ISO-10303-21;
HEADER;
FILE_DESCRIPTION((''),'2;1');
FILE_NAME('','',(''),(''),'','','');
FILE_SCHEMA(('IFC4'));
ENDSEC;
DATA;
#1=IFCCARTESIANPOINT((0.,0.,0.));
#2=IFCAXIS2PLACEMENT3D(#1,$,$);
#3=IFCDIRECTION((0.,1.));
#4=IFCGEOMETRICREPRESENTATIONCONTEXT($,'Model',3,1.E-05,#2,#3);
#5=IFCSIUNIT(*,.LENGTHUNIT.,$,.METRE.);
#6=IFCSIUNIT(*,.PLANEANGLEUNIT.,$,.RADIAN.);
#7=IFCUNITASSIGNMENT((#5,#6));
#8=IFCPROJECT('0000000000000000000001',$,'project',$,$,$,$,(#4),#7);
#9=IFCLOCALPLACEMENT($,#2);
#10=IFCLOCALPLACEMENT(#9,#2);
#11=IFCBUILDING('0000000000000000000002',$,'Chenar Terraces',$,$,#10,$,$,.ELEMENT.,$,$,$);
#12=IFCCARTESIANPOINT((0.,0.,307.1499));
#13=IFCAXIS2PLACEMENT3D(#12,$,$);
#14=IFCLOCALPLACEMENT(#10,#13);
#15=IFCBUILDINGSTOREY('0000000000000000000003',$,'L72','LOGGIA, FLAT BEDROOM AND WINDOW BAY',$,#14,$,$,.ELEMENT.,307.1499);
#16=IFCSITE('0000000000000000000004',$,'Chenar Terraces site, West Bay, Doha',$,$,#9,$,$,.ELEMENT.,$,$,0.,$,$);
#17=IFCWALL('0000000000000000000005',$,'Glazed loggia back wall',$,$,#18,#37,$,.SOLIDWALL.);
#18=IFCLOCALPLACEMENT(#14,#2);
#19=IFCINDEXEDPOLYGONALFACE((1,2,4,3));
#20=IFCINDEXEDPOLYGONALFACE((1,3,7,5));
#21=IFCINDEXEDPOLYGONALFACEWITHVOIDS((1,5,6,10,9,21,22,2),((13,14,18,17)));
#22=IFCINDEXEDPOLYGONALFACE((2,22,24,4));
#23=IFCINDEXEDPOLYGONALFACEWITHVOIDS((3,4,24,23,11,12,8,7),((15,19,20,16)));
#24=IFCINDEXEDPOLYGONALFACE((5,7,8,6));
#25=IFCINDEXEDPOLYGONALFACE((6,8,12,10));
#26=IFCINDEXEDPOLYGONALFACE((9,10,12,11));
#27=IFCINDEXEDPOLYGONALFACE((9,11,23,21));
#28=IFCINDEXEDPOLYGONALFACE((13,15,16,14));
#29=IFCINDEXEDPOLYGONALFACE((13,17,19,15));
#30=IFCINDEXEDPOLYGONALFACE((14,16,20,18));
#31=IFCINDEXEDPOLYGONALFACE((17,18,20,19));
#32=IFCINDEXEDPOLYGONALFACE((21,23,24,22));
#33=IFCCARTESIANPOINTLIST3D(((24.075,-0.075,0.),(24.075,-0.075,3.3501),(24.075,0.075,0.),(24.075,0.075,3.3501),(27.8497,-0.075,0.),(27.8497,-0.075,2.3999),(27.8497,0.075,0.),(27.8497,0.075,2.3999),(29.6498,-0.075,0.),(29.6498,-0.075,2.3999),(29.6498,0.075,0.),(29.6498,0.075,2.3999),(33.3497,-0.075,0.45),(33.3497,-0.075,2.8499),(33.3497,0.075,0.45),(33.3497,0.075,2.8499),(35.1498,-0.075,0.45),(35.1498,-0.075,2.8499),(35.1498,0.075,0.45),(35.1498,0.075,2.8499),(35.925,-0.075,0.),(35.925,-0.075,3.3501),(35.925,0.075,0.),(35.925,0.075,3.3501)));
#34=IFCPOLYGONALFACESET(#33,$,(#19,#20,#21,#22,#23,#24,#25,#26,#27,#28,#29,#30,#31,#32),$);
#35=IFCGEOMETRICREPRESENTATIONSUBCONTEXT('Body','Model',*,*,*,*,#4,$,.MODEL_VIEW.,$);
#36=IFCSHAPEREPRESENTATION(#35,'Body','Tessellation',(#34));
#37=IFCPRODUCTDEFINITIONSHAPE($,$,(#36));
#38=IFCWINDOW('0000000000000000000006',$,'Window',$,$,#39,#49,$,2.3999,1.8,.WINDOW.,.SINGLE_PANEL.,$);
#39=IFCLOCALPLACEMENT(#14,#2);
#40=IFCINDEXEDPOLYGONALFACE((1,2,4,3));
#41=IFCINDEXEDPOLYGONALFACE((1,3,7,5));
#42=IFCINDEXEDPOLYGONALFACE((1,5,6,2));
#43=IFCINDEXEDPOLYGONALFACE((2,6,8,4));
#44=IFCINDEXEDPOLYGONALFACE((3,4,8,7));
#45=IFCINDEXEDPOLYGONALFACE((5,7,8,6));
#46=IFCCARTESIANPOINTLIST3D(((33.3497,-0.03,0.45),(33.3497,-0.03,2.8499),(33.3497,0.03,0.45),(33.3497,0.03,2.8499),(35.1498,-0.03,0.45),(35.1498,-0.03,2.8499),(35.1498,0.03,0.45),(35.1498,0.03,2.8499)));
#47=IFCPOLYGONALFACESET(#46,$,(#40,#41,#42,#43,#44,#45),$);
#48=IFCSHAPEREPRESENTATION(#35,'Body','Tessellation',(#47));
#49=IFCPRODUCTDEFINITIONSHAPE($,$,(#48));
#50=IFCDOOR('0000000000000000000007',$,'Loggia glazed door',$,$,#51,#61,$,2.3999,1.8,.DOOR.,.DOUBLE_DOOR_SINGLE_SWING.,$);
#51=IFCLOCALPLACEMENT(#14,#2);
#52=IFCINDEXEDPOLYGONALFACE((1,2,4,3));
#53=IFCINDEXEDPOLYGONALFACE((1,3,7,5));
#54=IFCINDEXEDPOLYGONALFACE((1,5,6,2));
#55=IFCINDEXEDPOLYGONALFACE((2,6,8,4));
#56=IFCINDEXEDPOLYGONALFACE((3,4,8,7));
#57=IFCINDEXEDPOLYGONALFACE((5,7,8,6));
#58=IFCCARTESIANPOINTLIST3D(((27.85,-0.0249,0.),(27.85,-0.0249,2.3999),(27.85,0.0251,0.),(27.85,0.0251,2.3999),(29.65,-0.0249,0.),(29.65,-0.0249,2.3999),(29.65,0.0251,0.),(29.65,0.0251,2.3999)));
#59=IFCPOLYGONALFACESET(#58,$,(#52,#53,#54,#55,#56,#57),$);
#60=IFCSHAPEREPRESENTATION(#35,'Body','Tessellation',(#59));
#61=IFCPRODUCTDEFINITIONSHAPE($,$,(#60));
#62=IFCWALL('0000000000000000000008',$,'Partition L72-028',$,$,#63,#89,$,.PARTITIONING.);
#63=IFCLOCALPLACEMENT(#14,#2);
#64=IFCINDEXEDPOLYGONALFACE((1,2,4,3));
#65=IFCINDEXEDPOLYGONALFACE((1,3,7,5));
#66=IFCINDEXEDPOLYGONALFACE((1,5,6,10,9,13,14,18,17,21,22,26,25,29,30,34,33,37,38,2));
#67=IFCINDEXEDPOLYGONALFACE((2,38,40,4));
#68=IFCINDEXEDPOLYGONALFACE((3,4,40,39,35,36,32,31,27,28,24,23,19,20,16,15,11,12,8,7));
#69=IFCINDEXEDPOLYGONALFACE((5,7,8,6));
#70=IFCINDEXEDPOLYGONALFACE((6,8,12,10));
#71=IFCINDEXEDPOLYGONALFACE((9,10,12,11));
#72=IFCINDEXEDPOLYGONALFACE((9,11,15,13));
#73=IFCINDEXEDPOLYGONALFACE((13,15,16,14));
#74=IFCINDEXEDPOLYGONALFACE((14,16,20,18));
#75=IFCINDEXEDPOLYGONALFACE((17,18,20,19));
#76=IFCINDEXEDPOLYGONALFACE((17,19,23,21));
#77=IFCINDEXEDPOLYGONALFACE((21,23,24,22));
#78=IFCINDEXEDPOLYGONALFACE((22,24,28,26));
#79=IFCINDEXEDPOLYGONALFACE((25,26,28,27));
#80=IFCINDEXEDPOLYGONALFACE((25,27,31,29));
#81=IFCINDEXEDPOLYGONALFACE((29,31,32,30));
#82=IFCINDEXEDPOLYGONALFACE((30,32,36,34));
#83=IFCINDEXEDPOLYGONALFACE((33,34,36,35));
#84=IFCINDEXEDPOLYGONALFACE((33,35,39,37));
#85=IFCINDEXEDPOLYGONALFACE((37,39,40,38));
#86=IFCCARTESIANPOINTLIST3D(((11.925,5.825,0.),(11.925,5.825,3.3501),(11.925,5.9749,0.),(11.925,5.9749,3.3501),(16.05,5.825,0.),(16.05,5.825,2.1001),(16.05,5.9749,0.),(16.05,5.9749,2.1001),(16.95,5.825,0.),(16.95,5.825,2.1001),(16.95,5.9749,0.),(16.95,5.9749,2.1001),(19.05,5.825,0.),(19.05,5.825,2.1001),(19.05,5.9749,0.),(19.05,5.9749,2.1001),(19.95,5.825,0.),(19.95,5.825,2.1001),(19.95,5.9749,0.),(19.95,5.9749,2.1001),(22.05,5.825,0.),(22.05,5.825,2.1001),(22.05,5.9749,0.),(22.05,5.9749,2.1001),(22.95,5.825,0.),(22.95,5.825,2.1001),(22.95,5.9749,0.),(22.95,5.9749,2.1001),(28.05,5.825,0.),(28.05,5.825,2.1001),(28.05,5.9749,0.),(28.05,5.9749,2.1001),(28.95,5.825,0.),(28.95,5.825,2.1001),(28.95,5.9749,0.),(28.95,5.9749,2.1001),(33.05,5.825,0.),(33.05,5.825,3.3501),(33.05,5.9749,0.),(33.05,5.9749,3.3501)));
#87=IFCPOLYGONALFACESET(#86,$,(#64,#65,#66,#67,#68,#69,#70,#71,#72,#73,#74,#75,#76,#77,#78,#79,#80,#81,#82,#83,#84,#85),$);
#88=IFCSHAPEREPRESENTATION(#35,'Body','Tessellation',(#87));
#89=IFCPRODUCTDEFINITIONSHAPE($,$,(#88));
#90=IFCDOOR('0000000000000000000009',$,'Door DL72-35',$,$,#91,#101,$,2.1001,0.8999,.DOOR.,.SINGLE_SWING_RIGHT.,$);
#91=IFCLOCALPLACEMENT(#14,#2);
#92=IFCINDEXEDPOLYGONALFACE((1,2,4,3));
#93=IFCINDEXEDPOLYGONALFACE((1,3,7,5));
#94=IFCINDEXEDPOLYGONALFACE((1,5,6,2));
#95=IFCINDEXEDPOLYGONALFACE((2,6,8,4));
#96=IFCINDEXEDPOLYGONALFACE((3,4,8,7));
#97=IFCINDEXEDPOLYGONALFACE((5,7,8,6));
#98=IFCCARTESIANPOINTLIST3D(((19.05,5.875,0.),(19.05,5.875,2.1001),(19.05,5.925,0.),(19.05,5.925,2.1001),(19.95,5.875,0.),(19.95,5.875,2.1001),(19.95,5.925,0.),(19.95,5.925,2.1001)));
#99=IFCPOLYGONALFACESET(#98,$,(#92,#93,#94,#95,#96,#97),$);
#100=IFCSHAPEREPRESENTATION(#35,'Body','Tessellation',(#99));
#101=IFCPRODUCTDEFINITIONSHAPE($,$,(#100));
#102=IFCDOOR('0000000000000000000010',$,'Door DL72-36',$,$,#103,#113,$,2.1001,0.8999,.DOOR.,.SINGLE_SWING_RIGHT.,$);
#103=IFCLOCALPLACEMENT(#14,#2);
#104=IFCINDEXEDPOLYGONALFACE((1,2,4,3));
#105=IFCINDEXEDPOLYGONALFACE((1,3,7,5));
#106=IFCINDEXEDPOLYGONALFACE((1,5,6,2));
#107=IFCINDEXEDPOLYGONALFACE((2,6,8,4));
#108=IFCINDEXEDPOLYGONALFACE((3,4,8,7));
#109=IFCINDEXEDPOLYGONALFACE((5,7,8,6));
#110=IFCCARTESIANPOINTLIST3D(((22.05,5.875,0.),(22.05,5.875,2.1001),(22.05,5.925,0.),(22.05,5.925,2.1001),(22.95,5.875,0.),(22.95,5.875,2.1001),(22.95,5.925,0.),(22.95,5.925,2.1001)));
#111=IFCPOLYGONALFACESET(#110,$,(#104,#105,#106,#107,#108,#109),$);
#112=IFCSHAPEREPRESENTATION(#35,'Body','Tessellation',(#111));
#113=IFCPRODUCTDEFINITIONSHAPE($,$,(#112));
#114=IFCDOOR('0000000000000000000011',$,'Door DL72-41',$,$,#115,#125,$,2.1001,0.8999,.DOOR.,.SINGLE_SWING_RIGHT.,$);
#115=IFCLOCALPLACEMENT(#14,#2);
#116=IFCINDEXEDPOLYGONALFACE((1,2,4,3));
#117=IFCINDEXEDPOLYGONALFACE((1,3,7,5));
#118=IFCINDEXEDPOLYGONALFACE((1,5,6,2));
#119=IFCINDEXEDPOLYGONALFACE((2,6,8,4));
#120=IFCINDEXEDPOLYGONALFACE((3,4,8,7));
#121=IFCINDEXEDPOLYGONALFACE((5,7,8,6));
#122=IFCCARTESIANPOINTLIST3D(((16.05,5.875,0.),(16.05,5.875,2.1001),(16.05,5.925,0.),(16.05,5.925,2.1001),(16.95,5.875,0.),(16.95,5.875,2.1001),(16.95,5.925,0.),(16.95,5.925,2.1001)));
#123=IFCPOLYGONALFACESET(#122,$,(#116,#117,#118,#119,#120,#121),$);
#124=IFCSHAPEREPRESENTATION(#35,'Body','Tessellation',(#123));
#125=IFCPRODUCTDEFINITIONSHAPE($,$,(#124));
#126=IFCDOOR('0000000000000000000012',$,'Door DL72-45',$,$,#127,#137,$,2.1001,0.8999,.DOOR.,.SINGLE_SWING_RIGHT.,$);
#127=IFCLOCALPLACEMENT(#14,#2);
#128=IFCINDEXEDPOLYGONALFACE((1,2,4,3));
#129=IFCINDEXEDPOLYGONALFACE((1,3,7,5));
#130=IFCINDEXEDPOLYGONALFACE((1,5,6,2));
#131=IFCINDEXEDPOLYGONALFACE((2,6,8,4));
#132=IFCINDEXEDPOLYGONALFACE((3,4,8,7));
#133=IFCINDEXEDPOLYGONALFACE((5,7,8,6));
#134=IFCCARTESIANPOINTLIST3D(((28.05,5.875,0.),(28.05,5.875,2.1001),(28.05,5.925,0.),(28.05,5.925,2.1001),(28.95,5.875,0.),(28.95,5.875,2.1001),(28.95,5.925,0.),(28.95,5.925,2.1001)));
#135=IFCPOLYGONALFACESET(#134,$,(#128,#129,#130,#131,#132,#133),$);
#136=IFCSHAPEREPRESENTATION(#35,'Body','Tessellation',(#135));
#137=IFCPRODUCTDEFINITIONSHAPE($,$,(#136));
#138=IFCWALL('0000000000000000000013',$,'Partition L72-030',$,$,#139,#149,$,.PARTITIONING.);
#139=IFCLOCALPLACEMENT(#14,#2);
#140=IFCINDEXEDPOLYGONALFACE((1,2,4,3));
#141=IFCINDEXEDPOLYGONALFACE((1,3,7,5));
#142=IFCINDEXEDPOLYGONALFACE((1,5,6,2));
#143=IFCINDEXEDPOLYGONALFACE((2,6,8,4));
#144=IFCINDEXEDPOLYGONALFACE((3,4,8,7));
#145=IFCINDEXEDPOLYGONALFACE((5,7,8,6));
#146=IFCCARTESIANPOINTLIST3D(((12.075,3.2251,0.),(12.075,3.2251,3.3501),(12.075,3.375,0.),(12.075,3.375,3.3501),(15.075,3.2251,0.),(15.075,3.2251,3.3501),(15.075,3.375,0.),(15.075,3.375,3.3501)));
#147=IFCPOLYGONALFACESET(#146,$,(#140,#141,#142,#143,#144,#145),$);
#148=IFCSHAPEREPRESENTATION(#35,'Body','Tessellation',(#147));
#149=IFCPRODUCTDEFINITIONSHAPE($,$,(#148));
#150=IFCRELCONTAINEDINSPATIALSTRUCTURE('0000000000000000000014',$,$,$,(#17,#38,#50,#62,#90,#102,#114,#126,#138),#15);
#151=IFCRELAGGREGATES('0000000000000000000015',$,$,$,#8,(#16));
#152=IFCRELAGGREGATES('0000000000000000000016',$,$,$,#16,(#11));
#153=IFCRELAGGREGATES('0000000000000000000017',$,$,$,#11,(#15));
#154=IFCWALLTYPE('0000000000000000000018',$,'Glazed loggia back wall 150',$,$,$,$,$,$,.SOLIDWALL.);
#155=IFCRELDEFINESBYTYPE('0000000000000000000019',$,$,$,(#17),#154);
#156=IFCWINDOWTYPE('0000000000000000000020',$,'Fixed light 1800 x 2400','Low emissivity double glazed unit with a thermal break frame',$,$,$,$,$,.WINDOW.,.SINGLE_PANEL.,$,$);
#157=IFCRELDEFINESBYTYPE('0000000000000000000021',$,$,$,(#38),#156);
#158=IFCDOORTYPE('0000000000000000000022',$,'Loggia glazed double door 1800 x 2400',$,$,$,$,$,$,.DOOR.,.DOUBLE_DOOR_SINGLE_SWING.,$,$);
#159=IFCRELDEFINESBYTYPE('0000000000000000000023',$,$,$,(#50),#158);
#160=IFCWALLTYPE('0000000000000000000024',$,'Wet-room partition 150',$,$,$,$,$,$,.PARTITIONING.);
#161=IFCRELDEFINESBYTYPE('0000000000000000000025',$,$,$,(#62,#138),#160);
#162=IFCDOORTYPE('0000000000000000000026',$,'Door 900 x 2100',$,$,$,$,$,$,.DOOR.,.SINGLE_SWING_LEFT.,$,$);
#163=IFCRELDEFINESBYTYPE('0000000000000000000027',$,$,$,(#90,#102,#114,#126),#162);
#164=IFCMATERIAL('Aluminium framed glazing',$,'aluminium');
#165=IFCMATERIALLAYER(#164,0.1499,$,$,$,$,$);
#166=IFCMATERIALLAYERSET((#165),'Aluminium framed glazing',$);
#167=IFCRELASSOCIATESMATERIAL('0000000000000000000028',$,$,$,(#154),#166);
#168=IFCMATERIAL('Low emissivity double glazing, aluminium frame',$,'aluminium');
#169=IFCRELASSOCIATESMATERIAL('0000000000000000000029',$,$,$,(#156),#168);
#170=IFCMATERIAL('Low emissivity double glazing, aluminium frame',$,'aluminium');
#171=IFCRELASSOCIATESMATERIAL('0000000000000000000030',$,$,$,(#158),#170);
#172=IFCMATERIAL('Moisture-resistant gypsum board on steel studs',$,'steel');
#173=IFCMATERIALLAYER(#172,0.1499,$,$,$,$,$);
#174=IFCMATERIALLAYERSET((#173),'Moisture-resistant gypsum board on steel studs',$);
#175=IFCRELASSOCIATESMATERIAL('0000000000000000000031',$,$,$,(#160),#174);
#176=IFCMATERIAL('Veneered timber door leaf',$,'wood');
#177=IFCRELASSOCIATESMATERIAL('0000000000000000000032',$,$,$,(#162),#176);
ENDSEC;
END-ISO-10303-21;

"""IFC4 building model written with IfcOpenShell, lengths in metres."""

from ifc_helpers import new_model, si_unit, direction, frame, frame_2d, origin, place, context, subcontext, project, spatial, rectangle, extrude, material, layer, layer_set, type_object, element, fill, save


model = new_model("IFC4")

# Units and contexts
model_context = context("Model", 3, precision=1e-05, world=origin(), true_north=direction((0.0, 1.0)))
body_context = subcontext(model_context, "Body", "Model", "MODEL_VIEW")
ifc_project = project(units=[si_unit("LENGTHUNIT", "METRE"), si_unit("PLANEANGLEUNIT", "RADIAN")], contexts=[model_context])

# Site, building, storey
site_placement = place(None, origin())
site = spatial("IfcSite", under=ifc_project, at=site_placement, Name="Chenar Terraces site, West Bay, Doha", CompositionType="ELEMENT", RefElevation=0.0)
building_placement = place(site_placement, origin())
building = spatial("IfcBuilding", under=site, at=building_placement, Name="Chenar Terraces", CompositionType="ELEMENT")
storey_placement = place(building_placement, frame((0.0, 0.0, 307.1499)))
storey = spatial("IfcBuildingStorey", under=building, at=storey_placement, Name="L72", Description="LOGGIA, FLAT BEDROOM AND WINDOW BAY", CompositionType="ELEMENT", Elevation=307.1499)

# Wall, openings, window, door
ifc_material_1 = material(Name="Aluminium framed glazing", Category="aluminium")
ifc_layer_1 = layer(ifc_material_1, 0.1499)
ifc_layer_set_1 = layer_set([ifc_layer_1], Name="Aluminium framed glazing")
wall_type_1 = type_object("IfcWallType", Name="Glazed loggia back wall 150", PredefinedType="SOLIDWALL", material=ifc_layer_set_1)
wall_1_placement = place(storey_placement, frame((24.075, 0.0, 0.0), z_axis=(0.0, 0.0, 1.0), x_axis=(1.0, 0.0, 0.0)))
wall_1 = element("IfcWall", 1, at=wall_1_placement, inside=storey, type_object=wall_type_1, Name="Glazed loggia back wall", PredefinedType="SOLIDWALL", context=body_context, shape_type="SweptSolid", body=[
    extrude(rectangle(XDim=11.8501, YDim=0.1499, at=frame_2d((5.925, 0.0))), origin(), (0.0, 0.0, 1.0), 3.3501),
])
opening_1_placement = place(wall_1_placement, frame((3.7749, 0.0, 0.0)))
opening_1 = element("IfcOpeningElement", 2, at=opening_1_placement, cuts=wall_1, PredefinedType="OPENING", context=body_context, shape_type="SweptSolid", body=[
    extrude(rectangle(XDim=1.8, YDim=2.3999, at=frame_2d((0.8999, 1.2))), frame((0.0, 0.085, 0.0), z_axis=(0.0, -1.0, 0.0), x_axis=(1.0, 0.0, 0.0)), (0.0, 0.0, 1.0), 0.1699),
])
opening_2_placement = place(wall_1_placement, frame((9.2749, 0.0, 0.45)))
opening_2 = element("IfcOpeningElement", 3, at=opening_2_placement, cuts=wall_1, PredefinedType="OPENING", context=body_context, shape_type="SweptSolid", body=[
    extrude(rectangle(XDim=1.8, YDim=2.3999, at=frame_2d((0.8999, 1.2))), frame((0.0, 0.085, 0.0), z_axis=(0.0, -1.0, 0.0), x_axis=(1.0, 0.0, 0.0)), (0.0, 0.0, 1.0), 0.1699),
])
ifc_material_2 = material(Name="Low emissivity double glazing, aluminium frame", Category="aluminium")
window_type = type_object("IfcWindowType", Name="Fixed light 1800 x 2400", Description="Low emissivity double glazed unit with a thermal break frame", PartitioningType="SINGLE_PANEL", PredefinedType="WINDOW", material=ifc_material_2)
window_placement = place(opening_2_placement, origin())
window = element("IfcWindow", 4, at=window_placement, inside=storey, type_object=window_type, Name="Window", OverallHeight=2.3999, OverallWidth=1.8, PartitioningType="SINGLE_PANEL", PredefinedType="WINDOW", context=body_context, shape_type="SweptSolid", body=[
    extrude(rectangle(XDim=1.8, YDim=2.3999, at=frame_2d((0.8999, 1.2))), frame((0.0, 0.03, 0.0), z_axis=(0.0, -1.0, 0.0), x_axis=(1.0, 0.0, 0.0)), (0.0, 0.0, 1.0), 0.0601),
])
fill(opening_2, window)
ifc_material_3 = material(Name="Low emissivity double glazing, aluminium frame", Category="aluminium")
door_type_1 = type_object("IfcDoorType", Name="Loggia glazed double door 1800 x 2400", OperationType="DOUBLE_DOOR_SINGLE_SWING", PredefinedType="DOOR", material=ifc_material_3)
door_1_placement = place(opening_1_placement, frame((1.8, 0.0, 0.0), z_axis=(0.0, 0.0, 1.0), x_axis=(-1.0, 0.0, 0.0)))
door_1 = element("IfcDoor", 5, at=door_1_placement, inside=storey, type_object=door_type_1, Name="Loggia glazed door", OperationType="DOUBLE_DOOR_SINGLE_SWING", OverallHeight=2.3999, OverallWidth=1.8, PredefinedType="DOOR", context=body_context, shape_type="SweptSolid", body=[
    extrude(rectangle(XDim=1.8, YDim=2.3999, at=frame_2d((0.8999, 1.2))), frame((0.0, 0.0249, 0.0), z_axis=(0.0, -1.0, 0.0), x_axis=(1.0, 0.0, 0.0)), (0.0, 0.0, 1.0), 0.05),
])
fill(opening_1, door_1)

# Wall, openings, doors
ifc_material_4 = material(Name="Moisture-resistant gypsum board on steel studs", Category="steel")
ifc_layer_2 = layer(ifc_material_4, 0.1499)
ifc_layer_set_2 = layer_set([ifc_layer_2], Name="Moisture-resistant gypsum board on steel studs")
wall_type_2 = type_object("IfcWallType", Name="Wet-room partition 150", PredefinedType="PARTITIONING", material=ifc_layer_set_2)
wall_2_placement = place(storey_placement, frame((11.925, 5.8999, 0.0), z_axis=(0.0, 0.0, 1.0), x_axis=(1.0, 0.0, 0.0)))
wall_2 = element("IfcWall", 6, at=wall_2_placement, inside=storey, type_object=wall_type_2, Name="Partition L72-028", PredefinedType="PARTITIONING", context=body_context, shape_type="SweptSolid", body=[
    extrude(rectangle(XDim=21.125, YDim=0.1499, at=frame_2d((10.5625, 0.0))), origin(), (0.0, 0.0, 1.0), 3.3501),
])
opening_3_placement = place(wall_2_placement, frame((7.125, 0.0, 0.0)))
opening_3 = element("IfcOpeningElement", 7, at=opening_3_placement, cuts=wall_2, PredefinedType="OPENING", context=body_context, shape_type="SweptSolid", body=[
    extrude(rectangle(XDim=0.8999, YDim=2.1001, at=frame_2d((0.45, 1.05))), frame((0.0, 0.085, 0.0), z_axis=(0.0, -1.0, 0.0), x_axis=(1.0, 0.0, 0.0)), (0.0, 0.0, 1.0), 0.1699),
])
opening_4_placement = place(wall_2_placement, frame((10.125, 0.0, 0.0)))
opening_4 = element("IfcOpeningElement", 8, at=opening_4_placement, cuts=wall_2, PredefinedType="OPENING", context=body_context, shape_type="SweptSolid", body=[
    extrude(rectangle(XDim=0.8999, YDim=2.1001, at=frame_2d((0.45, 1.05))), frame((0.0, 0.085, 0.0), z_axis=(0.0, -1.0, 0.0), x_axis=(1.0, 0.0, 0.0)), (0.0, 0.0, 1.0), 0.1699),
])
opening_5_placement = place(wall_2_placement, frame((4.125, 0.0, 0.0)))
opening_5 = element("IfcOpeningElement", 9, at=opening_5_placement, cuts=wall_2, PredefinedType="OPENING", context=body_context, shape_type="SweptSolid", body=[
    extrude(rectangle(XDim=0.8999, YDim=2.1001, at=frame_2d((0.45, 1.05))), frame((0.0, 0.085, 0.0), z_axis=(0.0, -1.0, 0.0), x_axis=(1.0, 0.0, 0.0)), (0.0, 0.0, 1.0), 0.1699),
])
opening_6_placement = place(wall_2_placement, frame((16.125, 0.0, 0.0)))
opening_6 = element("IfcOpeningElement", 10, at=opening_6_placement, cuts=wall_2, PredefinedType="OPENING", context=body_context, shape_type="SweptSolid", body=[
    extrude(rectangle(XDim=0.8999, YDim=2.1001, at=frame_2d((0.45, 1.05))), frame((0.0, 0.085, 0.0), z_axis=(0.0, -1.0, 0.0), x_axis=(1.0, 0.0, 0.0)), (0.0, 0.0, 1.0), 0.1699),
])
ifc_material_5 = material(Name="Veneered timber door leaf", Category="wood")
door_type_2 = type_object("IfcDoorType", Name="Door 900 x 2100", OperationType="SINGLE_SWING_LEFT", PredefinedType="DOOR", material=ifc_material_5)
door_2_placement = place(opening_3_placement, frame((0.8999, 0.0, 0.0), z_axis=(0.0, 0.0, 1.0), x_axis=(-1.0, 0.0, 0.0)))
door_2 = element("IfcDoor", 11, at=door_2_placement, inside=storey, type_object=door_type_2, Name="Door DL72-35", OperationType="SINGLE_SWING_RIGHT", OverallHeight=2.1001, OverallWidth=0.8999, PredefinedType="DOOR", context=body_context, shape_type="SweptSolid", body=[
    extrude(rectangle(XDim=0.8999, YDim=2.1001, at=frame_2d((0.45, 1.05))), frame((0.0, 0.0249, 0.0), z_axis=(0.0, -1.0, 0.0), x_axis=(1.0, 0.0, 0.0)), (0.0, 0.0, 1.0), 0.05),
])
fill(opening_3, door_2)
door_3_placement = place(opening_4_placement, frame((0.8999, 0.0, 0.0), z_axis=(0.0, 0.0, 1.0), x_axis=(-1.0, 0.0, 0.0)))
door_3 = element("IfcDoor", 12, at=door_3_placement, inside=storey, type_object=door_type_2, Name="Door DL72-36", OperationType="SINGLE_SWING_RIGHT", OverallHeight=2.1001, OverallWidth=0.8999, PredefinedType="DOOR", context=body_context, shape_type="SweptSolid", body=[
    extrude(rectangle(XDim=0.8999, YDim=2.1001, at=frame_2d((0.45, 1.05))), frame((0.0, 0.0249, 0.0), z_axis=(0.0, -1.0, 0.0), x_axis=(1.0, 0.0, 0.0)), (0.0, 0.0, 1.0), 0.05),
])
fill(opening_4, door_3)
door_4_placement = place(opening_5_placement, frame((0.8999, 0.0, 0.0), z_axis=(0.0, 0.0, 1.0), x_axis=(-1.0, 0.0, 0.0)))
door_4 = element("IfcDoor", 13, at=door_4_placement, inside=storey, type_object=door_type_2, Name="Door DL72-41", OperationType="SINGLE_SWING_RIGHT", OverallHeight=2.1001, OverallWidth=0.8999, PredefinedType="DOOR", context=body_context, shape_type="SweptSolid", body=[
    extrude(rectangle(XDim=0.8999, YDim=2.1001, at=frame_2d((0.45, 1.05))), frame((0.0, 0.0249, 0.0), z_axis=(0.0, -1.0, 0.0), x_axis=(1.0, 0.0, 0.0)), (0.0, 0.0, 1.0), 0.05),
])
fill(opening_5, door_4)
door_5_placement = place(opening_6_placement, frame((0.8999, 0.0, 0.0), z_axis=(0.0, 0.0, 1.0), x_axis=(-1.0, 0.0, 0.0)))
door_5 = element("IfcDoor", 14, at=door_5_placement, inside=storey, type_object=door_type_2, Name="Door DL72-45", OperationType="SINGLE_SWING_RIGHT", OverallHeight=2.1001, OverallWidth=0.8999, PredefinedType="DOOR", context=body_context, shape_type="SweptSolid", body=[
    extrude(rectangle(XDim=0.8999, YDim=2.1001, at=frame_2d((0.45, 1.05))), frame((0.0, 0.0249, 0.0), z_axis=(0.0, -1.0, 0.0), x_axis=(1.0, 0.0, 0.0)), (0.0, 0.0, 1.0), 0.05),
])
fill(opening_6, door_5)

# Wall
wall_3_placement = place(storey_placement, frame((12.075, 3.3, 0.0), z_axis=(0.0, 0.0, 1.0), x_axis=(1.0, 0.0, 0.0)))
element("IfcWall", 15, at=wall_3_placement, inside=storey, type_object=wall_type_2, Name="Partition L72-030", PredefinedType="PARTITIONING", context=body_context, shape_type="SweptSolid", body=[
    extrude(rectangle(XDim=3.0, YDim=0.1499, at=frame_2d((1.5, 0.0))), origin(), (0.0, 0.0, 1.0), 3.3501),
])

save(model, "model.ifc")
